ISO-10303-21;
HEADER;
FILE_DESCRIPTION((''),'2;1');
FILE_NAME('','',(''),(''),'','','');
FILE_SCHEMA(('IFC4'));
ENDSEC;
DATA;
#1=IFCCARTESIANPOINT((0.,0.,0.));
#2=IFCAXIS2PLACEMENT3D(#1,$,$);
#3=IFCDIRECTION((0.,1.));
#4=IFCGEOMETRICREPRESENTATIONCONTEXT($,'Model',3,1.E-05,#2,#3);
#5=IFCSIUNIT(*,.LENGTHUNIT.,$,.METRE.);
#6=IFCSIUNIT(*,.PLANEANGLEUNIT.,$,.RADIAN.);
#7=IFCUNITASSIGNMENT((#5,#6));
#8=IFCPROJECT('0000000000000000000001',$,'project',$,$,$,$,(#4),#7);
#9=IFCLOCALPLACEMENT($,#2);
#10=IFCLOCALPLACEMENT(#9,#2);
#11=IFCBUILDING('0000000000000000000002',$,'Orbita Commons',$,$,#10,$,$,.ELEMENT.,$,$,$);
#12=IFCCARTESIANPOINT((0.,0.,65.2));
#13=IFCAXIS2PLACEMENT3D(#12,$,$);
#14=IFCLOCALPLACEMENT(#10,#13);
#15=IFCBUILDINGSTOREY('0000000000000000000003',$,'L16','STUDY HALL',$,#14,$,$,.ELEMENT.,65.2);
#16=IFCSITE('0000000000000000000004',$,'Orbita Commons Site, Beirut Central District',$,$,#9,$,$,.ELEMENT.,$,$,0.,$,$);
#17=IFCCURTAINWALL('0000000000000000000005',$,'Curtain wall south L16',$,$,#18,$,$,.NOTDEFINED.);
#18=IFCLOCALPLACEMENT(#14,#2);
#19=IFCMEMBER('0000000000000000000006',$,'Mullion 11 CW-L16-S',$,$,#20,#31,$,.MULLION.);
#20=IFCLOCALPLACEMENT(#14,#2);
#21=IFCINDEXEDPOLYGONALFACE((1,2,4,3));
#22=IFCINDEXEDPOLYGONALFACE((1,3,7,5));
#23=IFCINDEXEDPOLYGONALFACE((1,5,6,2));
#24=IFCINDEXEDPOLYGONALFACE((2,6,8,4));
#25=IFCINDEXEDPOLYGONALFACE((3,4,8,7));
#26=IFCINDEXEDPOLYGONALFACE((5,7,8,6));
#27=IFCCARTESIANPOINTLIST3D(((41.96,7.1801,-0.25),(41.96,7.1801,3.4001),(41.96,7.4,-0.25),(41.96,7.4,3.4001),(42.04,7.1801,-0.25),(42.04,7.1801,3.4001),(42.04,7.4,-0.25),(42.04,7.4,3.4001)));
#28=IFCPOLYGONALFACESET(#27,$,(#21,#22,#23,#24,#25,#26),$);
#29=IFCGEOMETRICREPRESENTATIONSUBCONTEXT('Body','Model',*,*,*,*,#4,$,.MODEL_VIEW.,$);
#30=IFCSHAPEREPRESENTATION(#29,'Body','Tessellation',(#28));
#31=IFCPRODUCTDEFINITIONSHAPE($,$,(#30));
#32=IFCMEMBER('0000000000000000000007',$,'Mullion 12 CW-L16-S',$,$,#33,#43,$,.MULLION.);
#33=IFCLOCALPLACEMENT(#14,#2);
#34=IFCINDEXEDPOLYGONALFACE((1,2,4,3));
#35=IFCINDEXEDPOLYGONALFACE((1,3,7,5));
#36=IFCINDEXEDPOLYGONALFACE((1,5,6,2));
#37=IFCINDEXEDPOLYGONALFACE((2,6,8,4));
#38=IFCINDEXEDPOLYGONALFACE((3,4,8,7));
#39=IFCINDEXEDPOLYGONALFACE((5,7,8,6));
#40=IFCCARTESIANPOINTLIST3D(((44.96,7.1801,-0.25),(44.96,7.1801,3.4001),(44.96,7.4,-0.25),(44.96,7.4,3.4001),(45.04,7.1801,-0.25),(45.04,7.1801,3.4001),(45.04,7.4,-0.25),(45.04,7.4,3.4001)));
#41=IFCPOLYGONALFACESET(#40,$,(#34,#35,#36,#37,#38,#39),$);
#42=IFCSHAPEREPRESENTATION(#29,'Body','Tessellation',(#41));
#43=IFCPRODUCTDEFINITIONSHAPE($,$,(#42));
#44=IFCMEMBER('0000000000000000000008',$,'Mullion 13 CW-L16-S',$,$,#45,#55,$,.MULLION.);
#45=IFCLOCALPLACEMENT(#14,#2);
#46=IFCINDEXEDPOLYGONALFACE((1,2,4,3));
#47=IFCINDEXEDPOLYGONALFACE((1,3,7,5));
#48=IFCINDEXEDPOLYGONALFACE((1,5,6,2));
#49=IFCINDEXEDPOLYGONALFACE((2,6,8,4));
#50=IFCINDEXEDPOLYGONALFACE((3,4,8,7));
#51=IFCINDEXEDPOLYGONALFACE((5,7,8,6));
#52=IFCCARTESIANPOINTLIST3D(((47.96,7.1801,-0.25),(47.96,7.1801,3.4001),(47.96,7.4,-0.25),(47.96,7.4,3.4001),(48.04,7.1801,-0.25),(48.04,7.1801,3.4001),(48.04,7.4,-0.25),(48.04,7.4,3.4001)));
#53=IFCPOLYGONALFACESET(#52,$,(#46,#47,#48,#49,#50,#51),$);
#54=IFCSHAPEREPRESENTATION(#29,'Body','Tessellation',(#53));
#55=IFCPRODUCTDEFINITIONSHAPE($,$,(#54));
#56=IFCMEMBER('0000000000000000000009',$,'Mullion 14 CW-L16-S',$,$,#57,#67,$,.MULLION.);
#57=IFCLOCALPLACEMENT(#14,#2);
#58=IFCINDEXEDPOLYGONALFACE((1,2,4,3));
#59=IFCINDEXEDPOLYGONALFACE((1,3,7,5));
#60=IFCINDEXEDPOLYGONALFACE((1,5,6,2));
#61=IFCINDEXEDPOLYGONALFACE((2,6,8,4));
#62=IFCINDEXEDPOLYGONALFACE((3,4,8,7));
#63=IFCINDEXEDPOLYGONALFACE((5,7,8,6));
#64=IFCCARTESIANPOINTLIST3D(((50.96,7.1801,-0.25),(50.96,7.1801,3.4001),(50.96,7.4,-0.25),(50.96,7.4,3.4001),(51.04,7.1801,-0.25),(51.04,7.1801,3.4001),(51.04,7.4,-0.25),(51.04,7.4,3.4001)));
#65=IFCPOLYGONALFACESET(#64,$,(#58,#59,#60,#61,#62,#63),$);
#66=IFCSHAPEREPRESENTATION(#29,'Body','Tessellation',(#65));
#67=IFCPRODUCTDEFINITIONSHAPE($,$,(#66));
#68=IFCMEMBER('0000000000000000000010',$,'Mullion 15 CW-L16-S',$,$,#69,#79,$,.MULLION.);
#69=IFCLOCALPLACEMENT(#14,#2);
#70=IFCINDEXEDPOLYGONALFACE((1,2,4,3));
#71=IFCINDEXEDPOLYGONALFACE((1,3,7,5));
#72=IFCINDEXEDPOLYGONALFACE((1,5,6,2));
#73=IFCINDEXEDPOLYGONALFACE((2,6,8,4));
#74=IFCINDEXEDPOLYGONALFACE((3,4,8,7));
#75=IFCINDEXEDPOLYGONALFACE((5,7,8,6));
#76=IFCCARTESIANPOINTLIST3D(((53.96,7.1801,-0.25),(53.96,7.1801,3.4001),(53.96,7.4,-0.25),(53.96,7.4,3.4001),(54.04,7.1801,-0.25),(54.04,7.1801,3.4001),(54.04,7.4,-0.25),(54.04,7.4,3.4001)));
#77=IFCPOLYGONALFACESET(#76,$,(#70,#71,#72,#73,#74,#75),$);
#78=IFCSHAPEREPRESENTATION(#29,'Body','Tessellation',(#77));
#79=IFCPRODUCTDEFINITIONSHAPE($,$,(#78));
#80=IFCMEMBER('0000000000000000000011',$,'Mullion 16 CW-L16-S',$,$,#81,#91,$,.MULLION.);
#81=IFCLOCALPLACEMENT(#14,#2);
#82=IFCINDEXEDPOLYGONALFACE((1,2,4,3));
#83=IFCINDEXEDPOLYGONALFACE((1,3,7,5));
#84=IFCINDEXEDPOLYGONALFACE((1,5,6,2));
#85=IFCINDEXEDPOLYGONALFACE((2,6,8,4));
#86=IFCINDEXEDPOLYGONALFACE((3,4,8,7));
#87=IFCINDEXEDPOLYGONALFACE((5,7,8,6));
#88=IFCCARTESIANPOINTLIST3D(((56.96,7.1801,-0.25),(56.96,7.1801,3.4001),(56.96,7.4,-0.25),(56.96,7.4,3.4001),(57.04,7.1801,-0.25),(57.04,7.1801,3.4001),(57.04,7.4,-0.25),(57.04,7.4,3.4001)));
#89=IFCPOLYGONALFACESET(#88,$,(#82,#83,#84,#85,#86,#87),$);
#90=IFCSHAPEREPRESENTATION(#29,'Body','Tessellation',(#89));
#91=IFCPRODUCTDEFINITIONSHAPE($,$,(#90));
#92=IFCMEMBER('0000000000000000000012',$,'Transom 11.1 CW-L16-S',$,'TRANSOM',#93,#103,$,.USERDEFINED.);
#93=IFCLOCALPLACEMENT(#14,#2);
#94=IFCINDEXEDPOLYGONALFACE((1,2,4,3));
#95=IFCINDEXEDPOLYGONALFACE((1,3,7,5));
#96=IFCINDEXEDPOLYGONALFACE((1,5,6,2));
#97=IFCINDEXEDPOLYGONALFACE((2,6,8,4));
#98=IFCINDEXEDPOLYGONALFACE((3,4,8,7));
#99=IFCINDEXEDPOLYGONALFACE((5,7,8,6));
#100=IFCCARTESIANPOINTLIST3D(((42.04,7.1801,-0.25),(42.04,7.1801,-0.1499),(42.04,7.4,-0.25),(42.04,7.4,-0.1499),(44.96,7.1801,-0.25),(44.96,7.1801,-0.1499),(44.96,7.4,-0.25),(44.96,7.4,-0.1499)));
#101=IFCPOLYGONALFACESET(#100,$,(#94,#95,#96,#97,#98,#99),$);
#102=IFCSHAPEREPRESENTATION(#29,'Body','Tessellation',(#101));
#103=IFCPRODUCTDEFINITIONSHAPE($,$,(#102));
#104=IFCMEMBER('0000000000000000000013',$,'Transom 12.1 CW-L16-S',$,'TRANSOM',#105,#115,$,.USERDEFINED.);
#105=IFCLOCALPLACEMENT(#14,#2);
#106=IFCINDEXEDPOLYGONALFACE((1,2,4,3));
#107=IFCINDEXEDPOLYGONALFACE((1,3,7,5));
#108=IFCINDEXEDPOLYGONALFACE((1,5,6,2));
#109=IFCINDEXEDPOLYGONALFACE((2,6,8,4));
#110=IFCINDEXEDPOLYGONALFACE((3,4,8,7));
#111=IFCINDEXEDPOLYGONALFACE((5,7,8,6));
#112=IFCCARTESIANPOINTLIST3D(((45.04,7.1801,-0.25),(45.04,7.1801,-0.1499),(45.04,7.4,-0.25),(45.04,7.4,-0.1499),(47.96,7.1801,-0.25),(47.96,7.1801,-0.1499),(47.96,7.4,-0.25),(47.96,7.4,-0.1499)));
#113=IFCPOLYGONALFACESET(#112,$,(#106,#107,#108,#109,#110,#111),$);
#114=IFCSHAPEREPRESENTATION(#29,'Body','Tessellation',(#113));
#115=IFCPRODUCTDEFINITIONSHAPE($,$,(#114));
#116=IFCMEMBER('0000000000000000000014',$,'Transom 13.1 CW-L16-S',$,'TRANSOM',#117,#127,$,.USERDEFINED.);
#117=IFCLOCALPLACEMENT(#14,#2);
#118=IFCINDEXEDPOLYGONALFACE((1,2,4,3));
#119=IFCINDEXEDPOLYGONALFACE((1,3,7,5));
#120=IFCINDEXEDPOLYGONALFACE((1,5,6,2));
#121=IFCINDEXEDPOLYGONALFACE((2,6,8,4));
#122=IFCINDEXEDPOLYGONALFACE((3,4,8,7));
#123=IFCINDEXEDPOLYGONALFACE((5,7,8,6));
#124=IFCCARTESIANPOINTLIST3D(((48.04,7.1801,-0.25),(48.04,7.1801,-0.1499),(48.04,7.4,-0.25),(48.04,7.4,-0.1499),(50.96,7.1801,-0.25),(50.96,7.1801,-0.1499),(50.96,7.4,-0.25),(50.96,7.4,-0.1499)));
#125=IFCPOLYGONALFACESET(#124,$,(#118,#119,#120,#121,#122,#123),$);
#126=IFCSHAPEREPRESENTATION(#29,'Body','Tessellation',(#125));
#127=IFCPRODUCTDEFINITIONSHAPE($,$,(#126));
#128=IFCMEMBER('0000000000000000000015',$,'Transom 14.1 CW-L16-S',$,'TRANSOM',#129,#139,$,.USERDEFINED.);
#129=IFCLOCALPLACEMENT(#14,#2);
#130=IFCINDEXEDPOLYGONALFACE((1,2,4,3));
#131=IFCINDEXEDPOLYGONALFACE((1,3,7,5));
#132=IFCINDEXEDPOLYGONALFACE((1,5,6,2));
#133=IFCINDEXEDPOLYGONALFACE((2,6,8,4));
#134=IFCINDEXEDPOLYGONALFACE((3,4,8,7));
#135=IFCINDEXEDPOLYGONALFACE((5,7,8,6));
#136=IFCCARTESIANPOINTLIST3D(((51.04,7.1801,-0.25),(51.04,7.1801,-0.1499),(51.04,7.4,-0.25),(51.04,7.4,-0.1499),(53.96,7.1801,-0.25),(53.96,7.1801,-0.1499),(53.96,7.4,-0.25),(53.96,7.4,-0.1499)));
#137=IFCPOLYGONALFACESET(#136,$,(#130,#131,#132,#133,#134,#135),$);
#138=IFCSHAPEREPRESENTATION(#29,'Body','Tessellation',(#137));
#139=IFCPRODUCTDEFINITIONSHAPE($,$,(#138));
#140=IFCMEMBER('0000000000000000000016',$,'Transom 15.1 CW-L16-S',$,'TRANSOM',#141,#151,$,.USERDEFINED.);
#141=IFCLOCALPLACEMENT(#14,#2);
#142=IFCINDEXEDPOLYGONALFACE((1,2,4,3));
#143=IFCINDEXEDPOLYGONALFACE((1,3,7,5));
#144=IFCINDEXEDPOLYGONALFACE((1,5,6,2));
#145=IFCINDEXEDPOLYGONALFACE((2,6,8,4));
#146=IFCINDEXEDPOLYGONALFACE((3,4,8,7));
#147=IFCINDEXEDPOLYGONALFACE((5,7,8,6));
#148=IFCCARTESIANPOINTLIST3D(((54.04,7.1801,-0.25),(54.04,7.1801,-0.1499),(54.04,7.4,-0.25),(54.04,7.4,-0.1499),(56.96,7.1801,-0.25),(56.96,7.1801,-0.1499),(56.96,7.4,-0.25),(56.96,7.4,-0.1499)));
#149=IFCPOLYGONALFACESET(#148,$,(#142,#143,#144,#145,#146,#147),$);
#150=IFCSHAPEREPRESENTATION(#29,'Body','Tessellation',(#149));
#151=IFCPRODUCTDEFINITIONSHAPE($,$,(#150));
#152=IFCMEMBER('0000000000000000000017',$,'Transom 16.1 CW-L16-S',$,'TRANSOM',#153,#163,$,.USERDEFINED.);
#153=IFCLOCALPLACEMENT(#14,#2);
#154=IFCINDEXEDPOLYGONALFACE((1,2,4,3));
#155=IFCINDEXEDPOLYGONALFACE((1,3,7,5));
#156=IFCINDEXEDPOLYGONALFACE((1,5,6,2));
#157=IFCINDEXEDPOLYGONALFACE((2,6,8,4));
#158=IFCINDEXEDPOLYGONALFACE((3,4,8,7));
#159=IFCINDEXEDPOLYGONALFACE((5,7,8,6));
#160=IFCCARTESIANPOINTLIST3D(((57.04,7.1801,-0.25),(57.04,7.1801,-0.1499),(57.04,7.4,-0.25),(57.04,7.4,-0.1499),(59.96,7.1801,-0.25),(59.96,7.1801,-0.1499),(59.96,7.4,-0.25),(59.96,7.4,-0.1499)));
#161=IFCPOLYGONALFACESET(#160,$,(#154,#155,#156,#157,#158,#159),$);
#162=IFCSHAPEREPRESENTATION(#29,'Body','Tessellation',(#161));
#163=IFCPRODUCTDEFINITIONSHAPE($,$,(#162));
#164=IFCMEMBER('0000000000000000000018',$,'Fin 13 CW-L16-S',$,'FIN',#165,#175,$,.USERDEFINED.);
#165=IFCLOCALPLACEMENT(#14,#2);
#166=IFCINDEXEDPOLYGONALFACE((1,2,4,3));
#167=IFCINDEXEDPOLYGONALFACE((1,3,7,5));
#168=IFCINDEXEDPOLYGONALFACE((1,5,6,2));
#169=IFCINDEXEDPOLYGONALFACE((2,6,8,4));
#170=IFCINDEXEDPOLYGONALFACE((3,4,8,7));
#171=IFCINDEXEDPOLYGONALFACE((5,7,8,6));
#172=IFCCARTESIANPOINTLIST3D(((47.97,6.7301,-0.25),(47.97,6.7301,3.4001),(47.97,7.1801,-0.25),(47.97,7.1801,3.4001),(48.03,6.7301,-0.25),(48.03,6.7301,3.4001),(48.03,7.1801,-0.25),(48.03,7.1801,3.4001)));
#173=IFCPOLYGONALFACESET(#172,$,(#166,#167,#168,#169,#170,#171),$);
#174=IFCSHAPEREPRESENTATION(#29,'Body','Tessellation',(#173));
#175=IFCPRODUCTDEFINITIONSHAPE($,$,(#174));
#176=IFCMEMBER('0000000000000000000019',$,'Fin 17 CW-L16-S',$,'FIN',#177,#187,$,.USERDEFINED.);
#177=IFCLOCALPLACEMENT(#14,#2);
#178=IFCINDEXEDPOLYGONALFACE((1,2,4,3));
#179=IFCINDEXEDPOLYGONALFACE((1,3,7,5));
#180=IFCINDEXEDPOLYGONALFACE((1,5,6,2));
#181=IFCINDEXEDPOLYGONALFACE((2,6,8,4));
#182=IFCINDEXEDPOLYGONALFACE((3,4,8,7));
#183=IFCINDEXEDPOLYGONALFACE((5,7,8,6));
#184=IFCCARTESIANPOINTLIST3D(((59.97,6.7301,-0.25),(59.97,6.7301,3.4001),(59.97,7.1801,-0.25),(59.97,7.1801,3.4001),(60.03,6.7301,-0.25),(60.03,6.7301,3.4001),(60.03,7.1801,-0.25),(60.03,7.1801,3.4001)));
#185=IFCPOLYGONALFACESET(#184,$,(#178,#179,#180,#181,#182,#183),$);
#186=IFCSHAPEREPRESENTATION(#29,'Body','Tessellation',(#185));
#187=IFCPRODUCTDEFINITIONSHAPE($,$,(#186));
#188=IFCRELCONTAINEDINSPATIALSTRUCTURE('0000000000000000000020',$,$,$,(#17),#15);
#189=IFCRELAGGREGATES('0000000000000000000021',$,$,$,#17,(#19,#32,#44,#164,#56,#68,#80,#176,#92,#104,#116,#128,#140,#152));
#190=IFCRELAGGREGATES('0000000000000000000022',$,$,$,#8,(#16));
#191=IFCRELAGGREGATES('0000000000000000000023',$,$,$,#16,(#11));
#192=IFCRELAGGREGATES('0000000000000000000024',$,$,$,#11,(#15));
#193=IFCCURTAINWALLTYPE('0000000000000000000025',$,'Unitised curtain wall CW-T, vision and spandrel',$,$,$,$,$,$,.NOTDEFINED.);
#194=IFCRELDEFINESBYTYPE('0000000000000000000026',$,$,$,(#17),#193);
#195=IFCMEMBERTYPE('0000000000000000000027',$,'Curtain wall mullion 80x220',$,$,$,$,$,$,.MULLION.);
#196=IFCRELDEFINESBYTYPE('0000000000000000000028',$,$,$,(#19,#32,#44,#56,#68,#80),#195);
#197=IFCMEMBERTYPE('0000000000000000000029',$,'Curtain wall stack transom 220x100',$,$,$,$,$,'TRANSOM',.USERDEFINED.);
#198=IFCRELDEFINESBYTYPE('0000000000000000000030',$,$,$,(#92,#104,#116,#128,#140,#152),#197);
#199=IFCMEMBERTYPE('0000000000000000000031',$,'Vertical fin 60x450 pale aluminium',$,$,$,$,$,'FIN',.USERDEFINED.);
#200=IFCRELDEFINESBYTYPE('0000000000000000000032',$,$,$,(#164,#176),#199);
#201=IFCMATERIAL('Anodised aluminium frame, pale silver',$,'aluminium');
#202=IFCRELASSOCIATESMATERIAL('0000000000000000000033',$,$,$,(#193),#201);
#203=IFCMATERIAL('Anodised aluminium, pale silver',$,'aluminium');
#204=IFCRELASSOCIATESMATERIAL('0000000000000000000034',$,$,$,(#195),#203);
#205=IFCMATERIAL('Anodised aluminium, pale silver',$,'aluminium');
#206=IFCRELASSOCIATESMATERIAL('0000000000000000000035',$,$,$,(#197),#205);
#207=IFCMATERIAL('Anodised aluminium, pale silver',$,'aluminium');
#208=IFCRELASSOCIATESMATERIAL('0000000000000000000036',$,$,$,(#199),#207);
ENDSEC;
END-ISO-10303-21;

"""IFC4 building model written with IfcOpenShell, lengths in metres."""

from ifc_helpers import new_model, si_unit, direction, frame, origin, origin_2d, place, context, subcontext, project, spatial, rectangle, extrude, material, material_profile, profile_set, type_object, element, aggregate, save


model = new_model("IFC4")

# Units and contexts
model_context = context("Model", 3, precision=1e-05, world=origin(), true_north=direction((0.0, 1.0)))
body_context = subcontext(model_context, "Body", "Model", "MODEL_VIEW")
ifc_project = project(units=[si_unit("LENGTHUNIT", "METRE"), si_unit("PLANEANGLEUNIT", "RADIAN")], contexts=[model_context])

# Site, building, storey
site_placement = place(None, origin())
site = spatial("IfcSite", under=ifc_project, at=site_placement, Name="Orbita Commons Site, Beirut Central District", CompositionType="ELEMENT", RefElevation=0.0)
building_placement = place(site_placement, origin())
building = spatial("IfcBuilding", under=site, at=building_placement, Name="Orbita Commons", CompositionType="ELEMENT")
storey_placement = place(building_placement, frame((0.0, 0.0, 65.2)))
storey = spatial("IfcBuildingStorey", under=building, at=storey_placement, Name="L16", Description="STUDY HALL", CompositionType="ELEMENT", Elevation=65.2)

# Curtain wall, members
ifc_material_1 = material(Name="Anodised aluminium frame, pale silver", Category="aluminium")
curtain_wall_type = type_object("IfcCurtainWallType", Name="Unitised curtain wall CW-T, vision and spandrel", PredefinedType="NOTDEFINED", material=ifc_material_1)
curtain_wall_placement = place(storey_placement, origin())
curtain_wall = element("IfcCurtainWall", 1, at=curtain_wall_placement, inside=storey, type_object=curtain_wall_type, Name="Curtain wall south L16", PredefinedType="NOTDEFINED")
ifc_material_2 = material(Name="Anodised aluminium, pale silver", Category="aluminium")
ifc_material_profile_1 = material_profile(ifc_material_2, rectangle(XDim=0.0801, YDim=0.22, at=origin_2d()), Name="AL 80x220")
ifc_profile_set_1 = profile_set([ifc_material_profile_1], Name="Anodised aluminium, pale silver")
member_type_1 = type_object("IfcMemberType", Name="Curtain wall mullion 80x220", PredefinedType="MULLION", material=ifc_profile_set_1)
member_1_placement = place(storey_placement, frame((42.0, 7.29, -0.25), z_axis=(0.0, 0.0, 1.0), x_axis=(1.0, 0.0, 0.0)))
member_1 = element("IfcMember", 2, at=member_1_placement, type_object=member_type_1, Name="Mullion 11 CW-L16-S", PredefinedType="MULLION", context=body_context, shape_type="SweptSolid", body=[
    extrude(rectangle(XDim=0.0801, YDim=0.22, at=origin_2d()), origin(), (0.0, 0.0, 1.0), 3.6501),
])
member_2_placement = place(storey_placement, frame((45.0, 7.29, -0.25), z_axis=(0.0, 0.0, 1.0), x_axis=(1.0, 0.0, 0.0)))
member_2 = element("IfcMember", 3, at=member_2_placement, type_object=member_type_1, Name="Mullion 12 CW-L16-S", PredefinedType="MULLION", context=body_context, shape_type="SweptSolid", body=[
    extrude(rectangle(XDim=0.0801, YDim=0.22, at=origin_2d()), origin(), (0.0, 0.0, 1.0), 3.6501),
])
member_3_placement = place(storey_placement, frame((48.0, 7.29, -0.25), z_axis=(0.0, 0.0, 1.0), x_axis=(1.0, 0.0, 0.0)))
member_3 = element("IfcMember", 4, at=member_3_placement, type_object=member_type_1, Name="Mullion 13 CW-L16-S", PredefinedType="MULLION", context=body_context, shape_type="SweptSolid", body=[
    extrude(rectangle(XDim=0.0801, YDim=0.22, at=origin_2d()), origin(), (0.0, 0.0, 1.0), 3.6501),
])
member_4_placement = place(storey_placement, frame((51.0, 7.29, -0.25), z_axis=(0.0, 0.0, 1.0), x_axis=(1.0, 0.0, 0.0)))
member_4 = element("IfcMember", 5, at=member_4_placement, type_object=member_type_1, Name="Mullion 14 CW-L16-S", PredefinedType="MULLION", context=body_context, shape_type="SweptSolid", body=[
    extrude(rectangle(XDim=0.0801, YDim=0.22, at=origin_2d()), origin(), (0.0, 0.0, 1.0), 3.6501),
])
member_5_placement = place(storey_placement, frame((54.0, 7.29, -0.25), z_axis=(0.0, 0.0, 1.0), x_axis=(1.0, 0.0, 0.0)))
member_5 = element("IfcMember", 6, at=member_5_placement, type_object=member_type_1, Name="Mullion 15 CW-L16-S", PredefinedType="MULLION", context=body_context, shape_type="SweptSolid", body=[
    extrude(rectangle(XDim=0.0801, YDim=0.22, at=origin_2d()), origin(), (0.0, 0.0, 1.0), 3.6501),
])
member_6_placement = place(storey_placement, frame((57.0, 7.29, -0.25), z_axis=(0.0, 0.0, 1.0), x_axis=(1.0, 0.0, 0.0)))
member_6 = element("IfcMember", 7, at=member_6_placement, type_object=member_type_1, Name="Mullion 16 CW-L16-S", PredefinedType="MULLION", context=body_context, shape_type="SweptSolid", body=[
    extrude(rectangle(XDim=0.0801, YDim=0.22, at=origin_2d()), origin(), (0.0, 0.0, 1.0), 3.6501),
])
ifc_material_3 = material(Name="Anodised aluminium, pale silver", Category="aluminium")
ifc_material_profile_2 = material_profile(ifc_material_3, rectangle(XDim=0.22, YDim=0.1001, at=origin_2d()), Name="AL 220x100")
ifc_profile_set_2 = profile_set([ifc_material_profile_2], Name="Anodised aluminium, pale silver")
member_type_2 = type_object("IfcMemberType", Name="Curtain wall stack transom 220x100", ElementType="TRANSOM", PredefinedType="USERDEFINED", material=ifc_profile_set_2)
member_7_placement = place(storey_placement, frame((42.04, 7.29, -0.2), z_axis=(1.0, 0.0, 0.0), x_axis=(0.0, 1.0, 0.0)))
member_7 = element("IfcMember", 8, at=member_7_placement, type_object=member_type_2, Name="Transom 11.1 CW-L16-S", ObjectType="TRANSOM", PredefinedType="USERDEFINED", context=body_context, shape_type="SweptSolid", body=[
    extrude(rectangle(XDim=0.22, YDim=0.1001, at=origin_2d()), origin(), (0.0, 0.0, 1.0), 2.9199),
])
member_8_placement = place(storey_placement, frame((45.04, 7.29, -0.2), z_axis=(1.0, 0.0, 0.0), x_axis=(0.0, 1.0, 0.0)))
member_8 = element("IfcMember", 9, at=member_8_placement, type_object=member_type_2, Name="Transom 12.1 CW-L16-S", ObjectType="TRANSOM", PredefinedType="USERDEFINED", context=body_context, shape_type="SweptSolid", body=[
    extrude(rectangle(XDim=0.22, YDim=0.1001, at=origin_2d()), origin(), (0.0, 0.0, 1.0), 2.9199),
])
member_9_placement = place(storey_placement, frame((48.04, 7.29, -0.2), z_axis=(1.0, 0.0, 0.0), x_axis=(0.0, 1.0, 0.0)))
member_9 = element("IfcMember", 10, at=member_9_placement, type_object=member_type_2, Name="Transom 13.1 CW-L16-S", ObjectType="TRANSOM", PredefinedType="USERDEFINED", context=body_context, shape_type="SweptSolid", body=[
    extrude(rectangle(XDim=0.22, YDim=0.1001, at=origin_2d()), origin(), (0.0, 0.0, 1.0), 2.9199),
])
member_10_placement = place(storey_placement, frame((51.04, 7.29, -0.2), z_axis=(1.0, 0.0, 0.0), x_axis=(0.0, 1.0, 0.0)))
member_10 = element("IfcMember", 11, at=member_10_placement, type_object=member_type_2, Name="Transom 14.1 CW-L16-S", ObjectType="TRANSOM", PredefinedType="USERDEFINED", context=body_context, shape_type="SweptSolid", body=[
    extrude(rectangle(XDim=0.22, YDim=0.1001, at=origin_2d()), origin(), (0.0, 0.0, 1.0), 2.9199),
])
member_11_placement = place(storey_placement, frame((54.04, 7.29, -0.2), z_axis=(1.0, 0.0, 0.0), x_axis=(0.0, 1.0, 0.0)))
member_11 = element("IfcMember", 12, at=member_11_placement, type_object=member_type_2, Name="Transom 15.1 CW-L16-S", ObjectType="TRANSOM", PredefinedType="USERDEFINED", context=body_context, shape_type="SweptSolid", body=[
    extrude(rectangle(XDim=0.22, YDim=0.1001, at=origin_2d()), origin(), (0.0, 0.0, 1.0), 2.9199),
])
member_12_placement = place(storey_placement, frame((57.04, 7.29, -0.2), z_axis=(1.0, 0.0, 0.0), x_axis=(0.0, 1.0, 0.0)))
member_12 = element("IfcMember", 13, at=member_12_placement, type_object=member_type_2, Name="Transom 16.1 CW-L16-S", ObjectType="TRANSOM", PredefinedType="USERDEFINED", context=body_context, shape_type="SweptSolid", body=[
    extrude(rectangle(XDim=0.22, YDim=0.1001, at=origin_2d()), origin(), (0.0, 0.0, 1.0), 2.9199),
])
ifc_material_4 = material(Name="Anodised aluminium, pale silver", Category="aluminium")
ifc_material_profile_3 = material_profile(ifc_material_4, rectangle(XDim=0.0601, YDim=0.45, at=origin_2d()), Name="FIN 60x450")
ifc_profile_set_3 = profile_set([ifc_material_profile_3], Name="Anodised aluminium, pale silver")
member_type_3 = type_object("IfcMemberType", Name="Vertical fin 60x450 pale aluminium", ElementType="FIN", PredefinedType="USERDEFINED", material=ifc_profile_set_3)
member_13_placement = place(storey_placement, frame((48.0, 6.9551, -0.25), z_axis=(0.0, 0.0, 1.0), x_axis=(1.0, 0.0, 0.0)))
member_13 = element("IfcMember", 14, at=member_13_placement, type_object=member_type_3, Name="Fin 13 CW-L16-S", ObjectType="FIN", PredefinedType="USERDEFINED", context=body_context, shape_type="SweptSolid", body=[
    extrude(rectangle(XDim=0.0601, YDim=0.45, at=origin_2d()), origin(), (0.0, 0.0, 1.0), 3.6501),
])
member_14_placement = place(storey_placement, frame((60.0, 6.9551, -0.25), z_axis=(0.0, 0.0, 1.0), x_axis=(1.0, 0.0, 0.0)))
member_14 = element("IfcMember", 15, at=member_14_placement, type_object=member_type_3, Name="Fin 17 CW-L16-S", ObjectType="FIN", PredefinedType="USERDEFINED", context=body_context, shape_type="SweptSolid", body=[
    extrude(rectangle(XDim=0.0601, YDim=0.45, at=origin_2d()), origin(), (0.0, 0.0, 1.0), 3.6501),
])
aggregate(curtain_wall, [member_1, member_2, member_3, member_13, member_4, member_5, member_6, member_14, member_7, member_8, member_9, member_10, member_11, member_12])

save(model, "model.ifc")
